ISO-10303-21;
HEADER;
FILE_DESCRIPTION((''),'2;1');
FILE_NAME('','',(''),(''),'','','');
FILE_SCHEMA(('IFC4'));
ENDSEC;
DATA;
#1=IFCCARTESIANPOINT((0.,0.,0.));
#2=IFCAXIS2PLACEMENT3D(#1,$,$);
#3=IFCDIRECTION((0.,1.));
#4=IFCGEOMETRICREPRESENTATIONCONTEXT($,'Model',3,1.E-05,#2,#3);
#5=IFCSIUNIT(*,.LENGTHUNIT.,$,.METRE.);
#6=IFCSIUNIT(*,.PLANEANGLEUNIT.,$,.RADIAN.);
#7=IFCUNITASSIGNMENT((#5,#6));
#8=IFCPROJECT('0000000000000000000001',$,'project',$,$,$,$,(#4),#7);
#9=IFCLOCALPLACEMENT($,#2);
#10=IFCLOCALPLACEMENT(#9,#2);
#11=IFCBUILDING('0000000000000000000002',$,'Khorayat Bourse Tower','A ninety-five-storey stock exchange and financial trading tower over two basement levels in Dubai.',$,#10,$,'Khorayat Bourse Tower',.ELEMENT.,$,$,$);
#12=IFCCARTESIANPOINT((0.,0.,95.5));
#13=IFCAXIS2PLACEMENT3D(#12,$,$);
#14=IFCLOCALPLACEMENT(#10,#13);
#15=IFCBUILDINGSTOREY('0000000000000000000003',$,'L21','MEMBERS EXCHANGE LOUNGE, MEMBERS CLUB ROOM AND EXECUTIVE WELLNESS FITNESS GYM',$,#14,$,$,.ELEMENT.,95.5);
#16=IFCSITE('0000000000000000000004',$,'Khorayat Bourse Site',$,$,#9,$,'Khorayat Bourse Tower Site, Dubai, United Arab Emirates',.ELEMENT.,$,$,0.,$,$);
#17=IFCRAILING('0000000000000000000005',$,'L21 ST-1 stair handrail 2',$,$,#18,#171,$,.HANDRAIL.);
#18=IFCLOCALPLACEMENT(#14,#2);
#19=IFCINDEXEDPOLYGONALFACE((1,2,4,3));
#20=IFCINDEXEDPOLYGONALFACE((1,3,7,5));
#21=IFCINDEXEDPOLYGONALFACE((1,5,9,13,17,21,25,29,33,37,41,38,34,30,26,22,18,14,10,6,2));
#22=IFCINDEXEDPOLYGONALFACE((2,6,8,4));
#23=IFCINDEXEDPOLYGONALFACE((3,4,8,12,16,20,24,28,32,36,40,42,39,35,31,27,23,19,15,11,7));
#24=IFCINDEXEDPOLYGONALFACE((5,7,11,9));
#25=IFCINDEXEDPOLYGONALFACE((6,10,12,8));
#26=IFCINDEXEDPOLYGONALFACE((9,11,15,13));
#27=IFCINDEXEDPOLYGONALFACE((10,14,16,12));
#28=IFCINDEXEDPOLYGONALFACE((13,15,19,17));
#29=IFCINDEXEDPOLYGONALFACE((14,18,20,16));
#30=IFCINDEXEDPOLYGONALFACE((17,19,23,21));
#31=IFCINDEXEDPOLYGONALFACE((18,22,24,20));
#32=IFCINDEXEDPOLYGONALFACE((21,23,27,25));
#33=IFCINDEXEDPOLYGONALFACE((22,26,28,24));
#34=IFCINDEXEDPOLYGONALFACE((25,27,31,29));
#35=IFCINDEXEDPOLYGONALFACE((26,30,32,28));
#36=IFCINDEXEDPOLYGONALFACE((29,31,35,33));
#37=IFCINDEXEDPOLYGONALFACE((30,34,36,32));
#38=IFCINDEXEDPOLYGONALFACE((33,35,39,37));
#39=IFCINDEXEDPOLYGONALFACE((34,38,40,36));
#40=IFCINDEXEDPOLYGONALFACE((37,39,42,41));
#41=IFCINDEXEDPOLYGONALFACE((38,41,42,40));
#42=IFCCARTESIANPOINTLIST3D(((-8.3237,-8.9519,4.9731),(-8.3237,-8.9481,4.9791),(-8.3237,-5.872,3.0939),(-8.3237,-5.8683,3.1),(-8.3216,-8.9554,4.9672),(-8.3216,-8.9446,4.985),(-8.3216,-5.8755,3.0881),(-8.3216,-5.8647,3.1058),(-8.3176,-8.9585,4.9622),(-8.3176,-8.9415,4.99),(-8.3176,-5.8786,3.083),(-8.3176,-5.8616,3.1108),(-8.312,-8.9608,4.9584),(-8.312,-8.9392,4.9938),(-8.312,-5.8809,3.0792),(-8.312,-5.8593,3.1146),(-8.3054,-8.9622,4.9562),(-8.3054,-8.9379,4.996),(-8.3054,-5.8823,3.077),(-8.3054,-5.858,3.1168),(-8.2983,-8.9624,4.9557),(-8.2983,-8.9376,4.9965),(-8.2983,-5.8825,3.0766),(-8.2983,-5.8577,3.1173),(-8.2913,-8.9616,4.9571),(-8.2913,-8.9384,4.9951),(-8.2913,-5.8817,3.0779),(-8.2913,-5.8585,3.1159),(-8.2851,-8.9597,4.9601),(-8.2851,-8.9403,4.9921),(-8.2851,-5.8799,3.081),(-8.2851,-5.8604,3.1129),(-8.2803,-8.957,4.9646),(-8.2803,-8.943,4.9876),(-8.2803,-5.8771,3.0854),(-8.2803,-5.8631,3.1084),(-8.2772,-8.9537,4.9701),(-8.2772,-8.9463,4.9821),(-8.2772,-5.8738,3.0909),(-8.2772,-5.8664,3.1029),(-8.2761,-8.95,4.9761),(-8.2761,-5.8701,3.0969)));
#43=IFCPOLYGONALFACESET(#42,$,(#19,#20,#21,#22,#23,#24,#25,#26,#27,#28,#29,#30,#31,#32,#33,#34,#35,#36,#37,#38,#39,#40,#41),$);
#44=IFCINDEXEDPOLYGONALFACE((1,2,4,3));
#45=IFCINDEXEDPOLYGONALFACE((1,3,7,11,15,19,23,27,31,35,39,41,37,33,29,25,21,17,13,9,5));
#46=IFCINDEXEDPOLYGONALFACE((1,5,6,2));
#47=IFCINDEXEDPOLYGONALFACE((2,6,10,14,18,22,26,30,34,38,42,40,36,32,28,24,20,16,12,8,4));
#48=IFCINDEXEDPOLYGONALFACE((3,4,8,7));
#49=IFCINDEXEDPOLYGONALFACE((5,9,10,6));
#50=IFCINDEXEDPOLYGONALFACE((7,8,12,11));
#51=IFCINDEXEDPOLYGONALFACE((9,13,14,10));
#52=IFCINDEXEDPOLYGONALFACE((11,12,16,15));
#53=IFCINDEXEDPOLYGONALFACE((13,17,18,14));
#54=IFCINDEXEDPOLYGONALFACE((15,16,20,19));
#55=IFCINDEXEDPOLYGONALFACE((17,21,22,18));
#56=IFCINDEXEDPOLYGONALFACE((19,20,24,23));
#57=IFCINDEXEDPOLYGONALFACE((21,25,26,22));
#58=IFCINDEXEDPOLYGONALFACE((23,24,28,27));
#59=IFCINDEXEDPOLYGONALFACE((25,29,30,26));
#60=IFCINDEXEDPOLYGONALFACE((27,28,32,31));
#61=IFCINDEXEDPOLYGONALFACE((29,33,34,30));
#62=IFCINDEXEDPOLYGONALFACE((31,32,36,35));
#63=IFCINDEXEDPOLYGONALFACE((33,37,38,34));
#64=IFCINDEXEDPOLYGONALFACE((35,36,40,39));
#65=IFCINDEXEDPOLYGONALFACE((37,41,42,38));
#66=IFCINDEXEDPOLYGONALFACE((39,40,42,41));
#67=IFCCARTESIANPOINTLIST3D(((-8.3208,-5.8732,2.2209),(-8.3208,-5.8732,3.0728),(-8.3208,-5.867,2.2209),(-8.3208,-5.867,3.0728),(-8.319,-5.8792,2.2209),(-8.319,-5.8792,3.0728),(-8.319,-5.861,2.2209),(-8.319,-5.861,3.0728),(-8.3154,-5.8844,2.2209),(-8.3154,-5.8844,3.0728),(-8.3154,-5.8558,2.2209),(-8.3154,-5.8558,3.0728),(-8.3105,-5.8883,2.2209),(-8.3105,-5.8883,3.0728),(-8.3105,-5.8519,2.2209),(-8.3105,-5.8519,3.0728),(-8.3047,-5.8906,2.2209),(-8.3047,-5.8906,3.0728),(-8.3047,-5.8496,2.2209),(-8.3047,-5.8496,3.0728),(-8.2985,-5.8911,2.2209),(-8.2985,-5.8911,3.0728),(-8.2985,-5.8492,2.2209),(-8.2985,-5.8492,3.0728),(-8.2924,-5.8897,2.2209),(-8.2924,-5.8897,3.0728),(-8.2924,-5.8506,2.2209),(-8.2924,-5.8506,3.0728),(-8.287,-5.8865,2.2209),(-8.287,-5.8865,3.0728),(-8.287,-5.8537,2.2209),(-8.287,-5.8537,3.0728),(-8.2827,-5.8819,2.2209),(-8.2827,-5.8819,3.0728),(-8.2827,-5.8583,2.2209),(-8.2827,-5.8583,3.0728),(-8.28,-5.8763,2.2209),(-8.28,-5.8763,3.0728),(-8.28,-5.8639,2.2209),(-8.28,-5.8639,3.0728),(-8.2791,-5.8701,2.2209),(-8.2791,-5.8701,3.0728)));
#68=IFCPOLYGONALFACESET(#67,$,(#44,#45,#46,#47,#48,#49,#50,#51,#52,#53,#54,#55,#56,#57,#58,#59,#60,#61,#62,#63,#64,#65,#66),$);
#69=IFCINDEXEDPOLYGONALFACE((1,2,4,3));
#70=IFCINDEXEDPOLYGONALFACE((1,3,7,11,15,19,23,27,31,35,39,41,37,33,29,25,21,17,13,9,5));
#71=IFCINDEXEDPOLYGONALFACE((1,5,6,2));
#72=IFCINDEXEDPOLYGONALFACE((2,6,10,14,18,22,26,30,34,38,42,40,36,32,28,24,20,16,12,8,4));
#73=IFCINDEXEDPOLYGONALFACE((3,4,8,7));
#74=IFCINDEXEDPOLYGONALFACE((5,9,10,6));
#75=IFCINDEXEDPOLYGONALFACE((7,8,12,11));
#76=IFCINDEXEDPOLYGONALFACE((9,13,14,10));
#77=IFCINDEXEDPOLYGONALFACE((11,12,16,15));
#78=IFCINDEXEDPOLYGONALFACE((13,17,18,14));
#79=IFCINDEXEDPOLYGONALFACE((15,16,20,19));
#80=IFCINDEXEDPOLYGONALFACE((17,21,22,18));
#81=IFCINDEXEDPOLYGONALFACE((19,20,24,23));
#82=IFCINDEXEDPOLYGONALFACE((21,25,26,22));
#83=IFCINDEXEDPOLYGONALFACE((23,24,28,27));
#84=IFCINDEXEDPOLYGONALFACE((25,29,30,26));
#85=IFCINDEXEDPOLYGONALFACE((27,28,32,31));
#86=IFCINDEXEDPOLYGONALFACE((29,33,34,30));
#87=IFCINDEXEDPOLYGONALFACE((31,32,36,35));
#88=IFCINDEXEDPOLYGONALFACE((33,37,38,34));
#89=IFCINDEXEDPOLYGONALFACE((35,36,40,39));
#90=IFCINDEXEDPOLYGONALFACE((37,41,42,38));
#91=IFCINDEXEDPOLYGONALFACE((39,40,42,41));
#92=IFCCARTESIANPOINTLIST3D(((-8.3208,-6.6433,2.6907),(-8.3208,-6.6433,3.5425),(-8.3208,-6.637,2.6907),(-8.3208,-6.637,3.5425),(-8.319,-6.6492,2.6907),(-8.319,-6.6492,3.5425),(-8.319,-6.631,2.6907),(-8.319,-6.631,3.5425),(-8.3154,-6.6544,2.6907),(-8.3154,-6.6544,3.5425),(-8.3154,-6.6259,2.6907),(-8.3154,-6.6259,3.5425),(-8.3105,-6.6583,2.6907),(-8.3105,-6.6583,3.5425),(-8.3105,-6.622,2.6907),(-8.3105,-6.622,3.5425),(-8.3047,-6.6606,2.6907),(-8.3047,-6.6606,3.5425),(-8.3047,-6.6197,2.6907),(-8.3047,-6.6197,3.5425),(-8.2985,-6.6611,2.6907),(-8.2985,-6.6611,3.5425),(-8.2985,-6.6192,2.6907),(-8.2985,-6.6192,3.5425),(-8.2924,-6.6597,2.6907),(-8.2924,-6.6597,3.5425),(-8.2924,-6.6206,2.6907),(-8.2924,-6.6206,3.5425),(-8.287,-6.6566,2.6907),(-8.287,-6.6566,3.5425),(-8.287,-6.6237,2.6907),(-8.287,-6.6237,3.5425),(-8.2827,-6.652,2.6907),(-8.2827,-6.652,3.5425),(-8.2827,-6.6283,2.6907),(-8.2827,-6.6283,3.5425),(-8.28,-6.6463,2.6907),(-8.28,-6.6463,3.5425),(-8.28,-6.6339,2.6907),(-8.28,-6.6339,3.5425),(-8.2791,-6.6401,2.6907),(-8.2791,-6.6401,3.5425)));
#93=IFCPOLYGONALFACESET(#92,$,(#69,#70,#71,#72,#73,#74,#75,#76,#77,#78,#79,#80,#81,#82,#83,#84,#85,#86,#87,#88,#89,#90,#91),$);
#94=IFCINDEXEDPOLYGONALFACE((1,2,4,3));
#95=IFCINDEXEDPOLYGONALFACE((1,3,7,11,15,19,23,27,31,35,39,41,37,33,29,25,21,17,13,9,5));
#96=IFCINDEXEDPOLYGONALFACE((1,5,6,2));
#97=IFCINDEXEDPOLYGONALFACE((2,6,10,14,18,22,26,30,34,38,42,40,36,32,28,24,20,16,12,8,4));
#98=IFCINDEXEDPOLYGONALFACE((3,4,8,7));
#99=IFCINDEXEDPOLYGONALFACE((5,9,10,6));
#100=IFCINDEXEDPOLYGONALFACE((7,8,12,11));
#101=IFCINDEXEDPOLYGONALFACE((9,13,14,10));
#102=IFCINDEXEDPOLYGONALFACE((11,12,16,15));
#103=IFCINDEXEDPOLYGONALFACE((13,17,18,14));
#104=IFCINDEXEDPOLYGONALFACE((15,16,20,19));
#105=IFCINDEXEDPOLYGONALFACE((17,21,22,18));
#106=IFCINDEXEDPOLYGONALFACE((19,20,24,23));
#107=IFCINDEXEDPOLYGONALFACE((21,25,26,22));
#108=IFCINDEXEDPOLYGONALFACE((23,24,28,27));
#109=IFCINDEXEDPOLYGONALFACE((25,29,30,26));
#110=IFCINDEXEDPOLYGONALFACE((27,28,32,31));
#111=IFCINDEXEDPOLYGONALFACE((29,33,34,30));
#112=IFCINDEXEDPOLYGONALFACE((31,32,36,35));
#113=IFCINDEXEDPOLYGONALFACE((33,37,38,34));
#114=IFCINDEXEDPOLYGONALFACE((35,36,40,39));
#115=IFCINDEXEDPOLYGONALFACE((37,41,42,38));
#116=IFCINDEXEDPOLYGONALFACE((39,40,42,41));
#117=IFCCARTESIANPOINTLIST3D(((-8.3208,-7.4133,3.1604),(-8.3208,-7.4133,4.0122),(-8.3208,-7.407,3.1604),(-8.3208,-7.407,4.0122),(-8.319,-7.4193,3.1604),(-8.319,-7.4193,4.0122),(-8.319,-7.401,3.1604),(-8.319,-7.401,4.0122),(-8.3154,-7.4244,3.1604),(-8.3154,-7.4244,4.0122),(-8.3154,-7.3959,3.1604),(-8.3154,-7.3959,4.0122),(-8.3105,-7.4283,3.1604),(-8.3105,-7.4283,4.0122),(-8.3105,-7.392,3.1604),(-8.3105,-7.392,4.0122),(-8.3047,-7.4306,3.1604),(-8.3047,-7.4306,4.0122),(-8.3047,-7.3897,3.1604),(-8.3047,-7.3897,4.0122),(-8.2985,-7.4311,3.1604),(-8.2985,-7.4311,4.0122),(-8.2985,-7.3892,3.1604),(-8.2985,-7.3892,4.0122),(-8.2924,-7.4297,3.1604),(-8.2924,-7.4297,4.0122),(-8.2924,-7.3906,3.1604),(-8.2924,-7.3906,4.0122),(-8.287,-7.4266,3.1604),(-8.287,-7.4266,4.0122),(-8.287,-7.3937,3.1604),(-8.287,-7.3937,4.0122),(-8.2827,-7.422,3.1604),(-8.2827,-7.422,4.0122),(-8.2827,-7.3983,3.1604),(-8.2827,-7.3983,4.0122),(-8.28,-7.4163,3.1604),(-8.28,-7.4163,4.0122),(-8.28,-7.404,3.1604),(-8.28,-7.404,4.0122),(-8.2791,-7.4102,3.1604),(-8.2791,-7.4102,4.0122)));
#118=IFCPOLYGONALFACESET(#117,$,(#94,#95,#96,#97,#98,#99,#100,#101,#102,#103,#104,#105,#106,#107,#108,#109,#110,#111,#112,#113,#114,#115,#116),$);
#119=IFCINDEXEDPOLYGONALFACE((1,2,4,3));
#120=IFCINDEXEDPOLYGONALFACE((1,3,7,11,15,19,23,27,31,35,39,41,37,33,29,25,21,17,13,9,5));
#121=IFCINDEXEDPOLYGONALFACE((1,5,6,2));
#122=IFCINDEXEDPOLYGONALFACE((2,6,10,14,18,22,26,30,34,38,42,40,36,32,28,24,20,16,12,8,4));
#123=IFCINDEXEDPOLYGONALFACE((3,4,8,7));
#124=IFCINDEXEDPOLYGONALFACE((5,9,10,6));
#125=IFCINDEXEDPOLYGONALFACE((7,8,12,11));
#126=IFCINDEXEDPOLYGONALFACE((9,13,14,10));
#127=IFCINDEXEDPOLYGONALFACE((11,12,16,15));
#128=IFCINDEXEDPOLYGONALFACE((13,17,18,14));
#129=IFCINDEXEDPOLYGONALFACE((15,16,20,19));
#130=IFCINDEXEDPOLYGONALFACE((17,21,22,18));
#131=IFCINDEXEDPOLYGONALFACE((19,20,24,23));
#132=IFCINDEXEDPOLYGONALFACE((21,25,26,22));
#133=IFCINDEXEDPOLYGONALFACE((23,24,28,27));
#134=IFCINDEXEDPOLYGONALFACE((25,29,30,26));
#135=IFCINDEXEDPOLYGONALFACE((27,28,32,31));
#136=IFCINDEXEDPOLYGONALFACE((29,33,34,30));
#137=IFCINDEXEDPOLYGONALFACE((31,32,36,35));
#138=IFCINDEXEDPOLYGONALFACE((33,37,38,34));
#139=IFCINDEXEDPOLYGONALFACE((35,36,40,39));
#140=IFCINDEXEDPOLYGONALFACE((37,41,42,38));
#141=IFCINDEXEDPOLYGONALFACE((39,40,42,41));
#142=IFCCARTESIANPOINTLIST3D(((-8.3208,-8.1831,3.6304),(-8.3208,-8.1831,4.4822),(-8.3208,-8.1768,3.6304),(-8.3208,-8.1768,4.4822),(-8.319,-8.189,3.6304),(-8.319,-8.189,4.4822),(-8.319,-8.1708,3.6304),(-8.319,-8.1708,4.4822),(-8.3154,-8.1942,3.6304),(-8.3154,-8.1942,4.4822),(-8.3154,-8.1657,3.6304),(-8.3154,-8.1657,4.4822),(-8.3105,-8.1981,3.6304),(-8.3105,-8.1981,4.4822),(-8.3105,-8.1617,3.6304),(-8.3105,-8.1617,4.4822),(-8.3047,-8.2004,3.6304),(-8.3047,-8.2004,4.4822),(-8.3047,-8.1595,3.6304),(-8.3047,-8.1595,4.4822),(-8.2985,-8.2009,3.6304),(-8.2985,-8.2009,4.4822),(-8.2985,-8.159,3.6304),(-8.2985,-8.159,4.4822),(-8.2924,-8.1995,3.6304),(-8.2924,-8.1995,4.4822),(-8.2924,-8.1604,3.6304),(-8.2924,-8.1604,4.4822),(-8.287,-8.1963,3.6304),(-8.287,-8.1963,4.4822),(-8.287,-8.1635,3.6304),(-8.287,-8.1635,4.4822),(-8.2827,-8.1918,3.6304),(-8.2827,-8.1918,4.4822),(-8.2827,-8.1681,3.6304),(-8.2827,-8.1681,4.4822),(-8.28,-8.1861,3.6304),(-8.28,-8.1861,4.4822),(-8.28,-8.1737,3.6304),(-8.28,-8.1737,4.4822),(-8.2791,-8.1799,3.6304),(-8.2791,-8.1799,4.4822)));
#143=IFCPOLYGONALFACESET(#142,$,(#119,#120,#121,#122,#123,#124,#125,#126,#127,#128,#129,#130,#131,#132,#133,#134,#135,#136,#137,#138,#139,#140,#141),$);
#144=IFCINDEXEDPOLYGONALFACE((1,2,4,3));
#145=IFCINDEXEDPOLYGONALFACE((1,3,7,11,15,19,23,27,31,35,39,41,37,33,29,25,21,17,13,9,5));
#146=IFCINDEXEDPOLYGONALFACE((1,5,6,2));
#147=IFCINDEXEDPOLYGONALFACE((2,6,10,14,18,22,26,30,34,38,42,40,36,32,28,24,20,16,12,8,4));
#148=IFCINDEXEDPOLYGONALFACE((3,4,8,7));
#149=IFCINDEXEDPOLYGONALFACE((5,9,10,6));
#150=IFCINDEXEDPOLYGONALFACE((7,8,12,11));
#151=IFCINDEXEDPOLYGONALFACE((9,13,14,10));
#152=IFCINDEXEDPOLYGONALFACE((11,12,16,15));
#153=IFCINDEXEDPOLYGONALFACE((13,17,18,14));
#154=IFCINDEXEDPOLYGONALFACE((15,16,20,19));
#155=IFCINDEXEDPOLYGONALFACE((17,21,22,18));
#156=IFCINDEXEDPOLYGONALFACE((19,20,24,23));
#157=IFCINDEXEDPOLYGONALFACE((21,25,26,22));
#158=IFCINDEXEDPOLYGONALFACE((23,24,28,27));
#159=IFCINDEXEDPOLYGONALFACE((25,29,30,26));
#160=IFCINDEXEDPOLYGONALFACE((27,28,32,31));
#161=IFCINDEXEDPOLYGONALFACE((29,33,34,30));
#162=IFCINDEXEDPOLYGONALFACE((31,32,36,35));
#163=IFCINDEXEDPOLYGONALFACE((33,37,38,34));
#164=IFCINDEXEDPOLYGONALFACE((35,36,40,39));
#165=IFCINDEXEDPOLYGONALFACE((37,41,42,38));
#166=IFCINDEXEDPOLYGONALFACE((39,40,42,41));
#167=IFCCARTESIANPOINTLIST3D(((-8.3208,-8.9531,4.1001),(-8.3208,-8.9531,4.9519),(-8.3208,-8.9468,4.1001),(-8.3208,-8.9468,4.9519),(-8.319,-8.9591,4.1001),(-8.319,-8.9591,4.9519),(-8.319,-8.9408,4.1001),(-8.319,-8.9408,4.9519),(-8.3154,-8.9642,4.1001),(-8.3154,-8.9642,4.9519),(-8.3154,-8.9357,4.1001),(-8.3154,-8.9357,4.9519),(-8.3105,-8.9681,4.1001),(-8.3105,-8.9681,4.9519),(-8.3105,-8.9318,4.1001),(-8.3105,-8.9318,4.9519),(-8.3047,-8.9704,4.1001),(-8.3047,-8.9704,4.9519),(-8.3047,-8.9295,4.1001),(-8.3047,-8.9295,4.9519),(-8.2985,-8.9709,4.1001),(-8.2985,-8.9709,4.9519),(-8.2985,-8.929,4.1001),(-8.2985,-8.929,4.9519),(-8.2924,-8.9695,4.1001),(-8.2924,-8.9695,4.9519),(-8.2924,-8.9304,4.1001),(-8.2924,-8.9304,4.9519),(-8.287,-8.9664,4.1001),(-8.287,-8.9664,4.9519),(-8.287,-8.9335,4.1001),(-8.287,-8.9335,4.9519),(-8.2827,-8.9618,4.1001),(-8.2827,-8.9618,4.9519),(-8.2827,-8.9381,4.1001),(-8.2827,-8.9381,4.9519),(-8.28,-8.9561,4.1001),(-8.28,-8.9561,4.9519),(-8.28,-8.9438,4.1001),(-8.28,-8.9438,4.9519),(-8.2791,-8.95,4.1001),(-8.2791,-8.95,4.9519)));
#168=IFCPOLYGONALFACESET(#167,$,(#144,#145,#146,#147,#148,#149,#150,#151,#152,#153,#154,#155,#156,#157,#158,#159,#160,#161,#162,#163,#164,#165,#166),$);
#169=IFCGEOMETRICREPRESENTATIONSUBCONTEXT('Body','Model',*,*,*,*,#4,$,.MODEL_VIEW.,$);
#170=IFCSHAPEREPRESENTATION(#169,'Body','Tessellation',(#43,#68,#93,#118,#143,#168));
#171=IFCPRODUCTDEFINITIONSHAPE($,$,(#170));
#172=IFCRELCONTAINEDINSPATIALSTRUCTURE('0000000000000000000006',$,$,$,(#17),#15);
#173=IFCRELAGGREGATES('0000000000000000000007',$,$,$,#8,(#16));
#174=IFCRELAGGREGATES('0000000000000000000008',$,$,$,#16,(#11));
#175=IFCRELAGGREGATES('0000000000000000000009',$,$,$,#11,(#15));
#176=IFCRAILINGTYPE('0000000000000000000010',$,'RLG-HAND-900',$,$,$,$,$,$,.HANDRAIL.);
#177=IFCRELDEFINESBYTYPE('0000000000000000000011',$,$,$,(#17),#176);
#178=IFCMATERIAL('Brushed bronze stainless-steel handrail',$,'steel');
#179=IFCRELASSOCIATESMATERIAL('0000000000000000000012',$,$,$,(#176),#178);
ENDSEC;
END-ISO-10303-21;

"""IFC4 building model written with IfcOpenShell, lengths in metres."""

from ifc_helpers import new_model, si_unit, direction, frame, origin, origin_2d, place, context, subcontext, project, spatial, circle, extrude, source, transform, mapped, material, type_object, element, save


model = new_model("IFC4")

# Units and contexts
model_context = context("Model", 3, precision=1e-05, world=origin(), true_north=direction((0.0, 1.0)))
body_context = subcontext(model_context, "Body", "Model", "MODEL_VIEW")
ifc_project = project(units=[si_unit("LENGTHUNIT", "METRE"), si_unit("PLANEANGLEUNIT", "RADIAN")], contexts=[model_context])

# Site, building, storey
site_placement = place(None, origin())
site = spatial("IfcSite", under=ifc_project, at=site_placement, Name="Khorayat Bourse Site", LongName="Khorayat Bourse Tower Site, Dubai, United Arab Emirates", CompositionType="ELEMENT", RefElevation=0.0)
building_placement = place(site_placement, origin())
building = spatial("IfcBuilding", under=site, at=building_placement, Name="Khorayat Bourse Tower", Description="A ninety-five-storey stock exchange and financial trading tower over two basement levels in Dubai.", LongName="Khorayat Bourse Tower", CompositionType="ELEMENT")
storey_placement = place(building_placement, frame((0.0, 0.0, 95.5)))
storey = spatial("IfcBuildingStorey", under=building, at=storey_placement, Name="L21", Description="MEMBERS EXCHANGE LOUNGE, MEMBERS CLUB ROOM AND EXECUTIVE WELLNESS FITNESS GYM", CompositionType="ELEMENT", Elevation=95.5)

# Railing
ifc_material_1 = material(Name="Brushed bronze stainless-steel handrail", Category="steel")
railing_type_1 = type_object("IfcRailingType", Name="RLG-HAND-900", PredefinedType="HANDRAIL", material=ifc_material_1)
shared_shape_1 = source(origin(), body_context, "Body", "SweptSolid", [
    extrude(circle(Radius=0.0239, at=origin_2d()), frame((0.0, 0.0, 0.876), z_axis=(0.0, -0.853648, 0.52085), x_axis=(1.0, 0.0, 0.0)), (0.0, 0.0, 1.0), 3.6079),
    extrude(circle(Radius=0.021, at=origin_2d()), origin(), (0.0, 0.0, 1.0), 0.8518),
    extrude(circle(Radius=0.021, at=origin_2d()), frame((0.0, -0.77, 0.4697)), (0.0, 0.0, 1.0), 0.8518),
    extrude(circle(Radius=0.021, at=origin_2d()), frame((0.0, -1.54, 0.9395)), (0.0, 0.0, 1.0), 0.8518),
    extrude(circle(Radius=0.021, at=origin_2d()), frame((0.0, -2.3098, 1.4094)), (0.0, 0.0, 1.0), 0.8518),
    extrude(circle(Radius=0.021, at=origin_2d()), frame((0.0, -3.0798, 1.8792)), (0.0, 0.0, 1.0), 0.8518),
])
railing_1_placement = place(storey_placement, frame((-8.3, -5.8701, 2.2209)))
element("IfcRailing", 1, at=railing_1_placement, inside=storey, type_object=railing_type_1, Name="L21 ST-1 stair handrail 2", PredefinedType="HANDRAIL", context=body_context, shape_type="MappedRepresentation", body=[
    mapped(shared_shape_1, transform((0.0, 0.0, 0.0), scale=1.0)),
])

save(model, "model.ifc")
